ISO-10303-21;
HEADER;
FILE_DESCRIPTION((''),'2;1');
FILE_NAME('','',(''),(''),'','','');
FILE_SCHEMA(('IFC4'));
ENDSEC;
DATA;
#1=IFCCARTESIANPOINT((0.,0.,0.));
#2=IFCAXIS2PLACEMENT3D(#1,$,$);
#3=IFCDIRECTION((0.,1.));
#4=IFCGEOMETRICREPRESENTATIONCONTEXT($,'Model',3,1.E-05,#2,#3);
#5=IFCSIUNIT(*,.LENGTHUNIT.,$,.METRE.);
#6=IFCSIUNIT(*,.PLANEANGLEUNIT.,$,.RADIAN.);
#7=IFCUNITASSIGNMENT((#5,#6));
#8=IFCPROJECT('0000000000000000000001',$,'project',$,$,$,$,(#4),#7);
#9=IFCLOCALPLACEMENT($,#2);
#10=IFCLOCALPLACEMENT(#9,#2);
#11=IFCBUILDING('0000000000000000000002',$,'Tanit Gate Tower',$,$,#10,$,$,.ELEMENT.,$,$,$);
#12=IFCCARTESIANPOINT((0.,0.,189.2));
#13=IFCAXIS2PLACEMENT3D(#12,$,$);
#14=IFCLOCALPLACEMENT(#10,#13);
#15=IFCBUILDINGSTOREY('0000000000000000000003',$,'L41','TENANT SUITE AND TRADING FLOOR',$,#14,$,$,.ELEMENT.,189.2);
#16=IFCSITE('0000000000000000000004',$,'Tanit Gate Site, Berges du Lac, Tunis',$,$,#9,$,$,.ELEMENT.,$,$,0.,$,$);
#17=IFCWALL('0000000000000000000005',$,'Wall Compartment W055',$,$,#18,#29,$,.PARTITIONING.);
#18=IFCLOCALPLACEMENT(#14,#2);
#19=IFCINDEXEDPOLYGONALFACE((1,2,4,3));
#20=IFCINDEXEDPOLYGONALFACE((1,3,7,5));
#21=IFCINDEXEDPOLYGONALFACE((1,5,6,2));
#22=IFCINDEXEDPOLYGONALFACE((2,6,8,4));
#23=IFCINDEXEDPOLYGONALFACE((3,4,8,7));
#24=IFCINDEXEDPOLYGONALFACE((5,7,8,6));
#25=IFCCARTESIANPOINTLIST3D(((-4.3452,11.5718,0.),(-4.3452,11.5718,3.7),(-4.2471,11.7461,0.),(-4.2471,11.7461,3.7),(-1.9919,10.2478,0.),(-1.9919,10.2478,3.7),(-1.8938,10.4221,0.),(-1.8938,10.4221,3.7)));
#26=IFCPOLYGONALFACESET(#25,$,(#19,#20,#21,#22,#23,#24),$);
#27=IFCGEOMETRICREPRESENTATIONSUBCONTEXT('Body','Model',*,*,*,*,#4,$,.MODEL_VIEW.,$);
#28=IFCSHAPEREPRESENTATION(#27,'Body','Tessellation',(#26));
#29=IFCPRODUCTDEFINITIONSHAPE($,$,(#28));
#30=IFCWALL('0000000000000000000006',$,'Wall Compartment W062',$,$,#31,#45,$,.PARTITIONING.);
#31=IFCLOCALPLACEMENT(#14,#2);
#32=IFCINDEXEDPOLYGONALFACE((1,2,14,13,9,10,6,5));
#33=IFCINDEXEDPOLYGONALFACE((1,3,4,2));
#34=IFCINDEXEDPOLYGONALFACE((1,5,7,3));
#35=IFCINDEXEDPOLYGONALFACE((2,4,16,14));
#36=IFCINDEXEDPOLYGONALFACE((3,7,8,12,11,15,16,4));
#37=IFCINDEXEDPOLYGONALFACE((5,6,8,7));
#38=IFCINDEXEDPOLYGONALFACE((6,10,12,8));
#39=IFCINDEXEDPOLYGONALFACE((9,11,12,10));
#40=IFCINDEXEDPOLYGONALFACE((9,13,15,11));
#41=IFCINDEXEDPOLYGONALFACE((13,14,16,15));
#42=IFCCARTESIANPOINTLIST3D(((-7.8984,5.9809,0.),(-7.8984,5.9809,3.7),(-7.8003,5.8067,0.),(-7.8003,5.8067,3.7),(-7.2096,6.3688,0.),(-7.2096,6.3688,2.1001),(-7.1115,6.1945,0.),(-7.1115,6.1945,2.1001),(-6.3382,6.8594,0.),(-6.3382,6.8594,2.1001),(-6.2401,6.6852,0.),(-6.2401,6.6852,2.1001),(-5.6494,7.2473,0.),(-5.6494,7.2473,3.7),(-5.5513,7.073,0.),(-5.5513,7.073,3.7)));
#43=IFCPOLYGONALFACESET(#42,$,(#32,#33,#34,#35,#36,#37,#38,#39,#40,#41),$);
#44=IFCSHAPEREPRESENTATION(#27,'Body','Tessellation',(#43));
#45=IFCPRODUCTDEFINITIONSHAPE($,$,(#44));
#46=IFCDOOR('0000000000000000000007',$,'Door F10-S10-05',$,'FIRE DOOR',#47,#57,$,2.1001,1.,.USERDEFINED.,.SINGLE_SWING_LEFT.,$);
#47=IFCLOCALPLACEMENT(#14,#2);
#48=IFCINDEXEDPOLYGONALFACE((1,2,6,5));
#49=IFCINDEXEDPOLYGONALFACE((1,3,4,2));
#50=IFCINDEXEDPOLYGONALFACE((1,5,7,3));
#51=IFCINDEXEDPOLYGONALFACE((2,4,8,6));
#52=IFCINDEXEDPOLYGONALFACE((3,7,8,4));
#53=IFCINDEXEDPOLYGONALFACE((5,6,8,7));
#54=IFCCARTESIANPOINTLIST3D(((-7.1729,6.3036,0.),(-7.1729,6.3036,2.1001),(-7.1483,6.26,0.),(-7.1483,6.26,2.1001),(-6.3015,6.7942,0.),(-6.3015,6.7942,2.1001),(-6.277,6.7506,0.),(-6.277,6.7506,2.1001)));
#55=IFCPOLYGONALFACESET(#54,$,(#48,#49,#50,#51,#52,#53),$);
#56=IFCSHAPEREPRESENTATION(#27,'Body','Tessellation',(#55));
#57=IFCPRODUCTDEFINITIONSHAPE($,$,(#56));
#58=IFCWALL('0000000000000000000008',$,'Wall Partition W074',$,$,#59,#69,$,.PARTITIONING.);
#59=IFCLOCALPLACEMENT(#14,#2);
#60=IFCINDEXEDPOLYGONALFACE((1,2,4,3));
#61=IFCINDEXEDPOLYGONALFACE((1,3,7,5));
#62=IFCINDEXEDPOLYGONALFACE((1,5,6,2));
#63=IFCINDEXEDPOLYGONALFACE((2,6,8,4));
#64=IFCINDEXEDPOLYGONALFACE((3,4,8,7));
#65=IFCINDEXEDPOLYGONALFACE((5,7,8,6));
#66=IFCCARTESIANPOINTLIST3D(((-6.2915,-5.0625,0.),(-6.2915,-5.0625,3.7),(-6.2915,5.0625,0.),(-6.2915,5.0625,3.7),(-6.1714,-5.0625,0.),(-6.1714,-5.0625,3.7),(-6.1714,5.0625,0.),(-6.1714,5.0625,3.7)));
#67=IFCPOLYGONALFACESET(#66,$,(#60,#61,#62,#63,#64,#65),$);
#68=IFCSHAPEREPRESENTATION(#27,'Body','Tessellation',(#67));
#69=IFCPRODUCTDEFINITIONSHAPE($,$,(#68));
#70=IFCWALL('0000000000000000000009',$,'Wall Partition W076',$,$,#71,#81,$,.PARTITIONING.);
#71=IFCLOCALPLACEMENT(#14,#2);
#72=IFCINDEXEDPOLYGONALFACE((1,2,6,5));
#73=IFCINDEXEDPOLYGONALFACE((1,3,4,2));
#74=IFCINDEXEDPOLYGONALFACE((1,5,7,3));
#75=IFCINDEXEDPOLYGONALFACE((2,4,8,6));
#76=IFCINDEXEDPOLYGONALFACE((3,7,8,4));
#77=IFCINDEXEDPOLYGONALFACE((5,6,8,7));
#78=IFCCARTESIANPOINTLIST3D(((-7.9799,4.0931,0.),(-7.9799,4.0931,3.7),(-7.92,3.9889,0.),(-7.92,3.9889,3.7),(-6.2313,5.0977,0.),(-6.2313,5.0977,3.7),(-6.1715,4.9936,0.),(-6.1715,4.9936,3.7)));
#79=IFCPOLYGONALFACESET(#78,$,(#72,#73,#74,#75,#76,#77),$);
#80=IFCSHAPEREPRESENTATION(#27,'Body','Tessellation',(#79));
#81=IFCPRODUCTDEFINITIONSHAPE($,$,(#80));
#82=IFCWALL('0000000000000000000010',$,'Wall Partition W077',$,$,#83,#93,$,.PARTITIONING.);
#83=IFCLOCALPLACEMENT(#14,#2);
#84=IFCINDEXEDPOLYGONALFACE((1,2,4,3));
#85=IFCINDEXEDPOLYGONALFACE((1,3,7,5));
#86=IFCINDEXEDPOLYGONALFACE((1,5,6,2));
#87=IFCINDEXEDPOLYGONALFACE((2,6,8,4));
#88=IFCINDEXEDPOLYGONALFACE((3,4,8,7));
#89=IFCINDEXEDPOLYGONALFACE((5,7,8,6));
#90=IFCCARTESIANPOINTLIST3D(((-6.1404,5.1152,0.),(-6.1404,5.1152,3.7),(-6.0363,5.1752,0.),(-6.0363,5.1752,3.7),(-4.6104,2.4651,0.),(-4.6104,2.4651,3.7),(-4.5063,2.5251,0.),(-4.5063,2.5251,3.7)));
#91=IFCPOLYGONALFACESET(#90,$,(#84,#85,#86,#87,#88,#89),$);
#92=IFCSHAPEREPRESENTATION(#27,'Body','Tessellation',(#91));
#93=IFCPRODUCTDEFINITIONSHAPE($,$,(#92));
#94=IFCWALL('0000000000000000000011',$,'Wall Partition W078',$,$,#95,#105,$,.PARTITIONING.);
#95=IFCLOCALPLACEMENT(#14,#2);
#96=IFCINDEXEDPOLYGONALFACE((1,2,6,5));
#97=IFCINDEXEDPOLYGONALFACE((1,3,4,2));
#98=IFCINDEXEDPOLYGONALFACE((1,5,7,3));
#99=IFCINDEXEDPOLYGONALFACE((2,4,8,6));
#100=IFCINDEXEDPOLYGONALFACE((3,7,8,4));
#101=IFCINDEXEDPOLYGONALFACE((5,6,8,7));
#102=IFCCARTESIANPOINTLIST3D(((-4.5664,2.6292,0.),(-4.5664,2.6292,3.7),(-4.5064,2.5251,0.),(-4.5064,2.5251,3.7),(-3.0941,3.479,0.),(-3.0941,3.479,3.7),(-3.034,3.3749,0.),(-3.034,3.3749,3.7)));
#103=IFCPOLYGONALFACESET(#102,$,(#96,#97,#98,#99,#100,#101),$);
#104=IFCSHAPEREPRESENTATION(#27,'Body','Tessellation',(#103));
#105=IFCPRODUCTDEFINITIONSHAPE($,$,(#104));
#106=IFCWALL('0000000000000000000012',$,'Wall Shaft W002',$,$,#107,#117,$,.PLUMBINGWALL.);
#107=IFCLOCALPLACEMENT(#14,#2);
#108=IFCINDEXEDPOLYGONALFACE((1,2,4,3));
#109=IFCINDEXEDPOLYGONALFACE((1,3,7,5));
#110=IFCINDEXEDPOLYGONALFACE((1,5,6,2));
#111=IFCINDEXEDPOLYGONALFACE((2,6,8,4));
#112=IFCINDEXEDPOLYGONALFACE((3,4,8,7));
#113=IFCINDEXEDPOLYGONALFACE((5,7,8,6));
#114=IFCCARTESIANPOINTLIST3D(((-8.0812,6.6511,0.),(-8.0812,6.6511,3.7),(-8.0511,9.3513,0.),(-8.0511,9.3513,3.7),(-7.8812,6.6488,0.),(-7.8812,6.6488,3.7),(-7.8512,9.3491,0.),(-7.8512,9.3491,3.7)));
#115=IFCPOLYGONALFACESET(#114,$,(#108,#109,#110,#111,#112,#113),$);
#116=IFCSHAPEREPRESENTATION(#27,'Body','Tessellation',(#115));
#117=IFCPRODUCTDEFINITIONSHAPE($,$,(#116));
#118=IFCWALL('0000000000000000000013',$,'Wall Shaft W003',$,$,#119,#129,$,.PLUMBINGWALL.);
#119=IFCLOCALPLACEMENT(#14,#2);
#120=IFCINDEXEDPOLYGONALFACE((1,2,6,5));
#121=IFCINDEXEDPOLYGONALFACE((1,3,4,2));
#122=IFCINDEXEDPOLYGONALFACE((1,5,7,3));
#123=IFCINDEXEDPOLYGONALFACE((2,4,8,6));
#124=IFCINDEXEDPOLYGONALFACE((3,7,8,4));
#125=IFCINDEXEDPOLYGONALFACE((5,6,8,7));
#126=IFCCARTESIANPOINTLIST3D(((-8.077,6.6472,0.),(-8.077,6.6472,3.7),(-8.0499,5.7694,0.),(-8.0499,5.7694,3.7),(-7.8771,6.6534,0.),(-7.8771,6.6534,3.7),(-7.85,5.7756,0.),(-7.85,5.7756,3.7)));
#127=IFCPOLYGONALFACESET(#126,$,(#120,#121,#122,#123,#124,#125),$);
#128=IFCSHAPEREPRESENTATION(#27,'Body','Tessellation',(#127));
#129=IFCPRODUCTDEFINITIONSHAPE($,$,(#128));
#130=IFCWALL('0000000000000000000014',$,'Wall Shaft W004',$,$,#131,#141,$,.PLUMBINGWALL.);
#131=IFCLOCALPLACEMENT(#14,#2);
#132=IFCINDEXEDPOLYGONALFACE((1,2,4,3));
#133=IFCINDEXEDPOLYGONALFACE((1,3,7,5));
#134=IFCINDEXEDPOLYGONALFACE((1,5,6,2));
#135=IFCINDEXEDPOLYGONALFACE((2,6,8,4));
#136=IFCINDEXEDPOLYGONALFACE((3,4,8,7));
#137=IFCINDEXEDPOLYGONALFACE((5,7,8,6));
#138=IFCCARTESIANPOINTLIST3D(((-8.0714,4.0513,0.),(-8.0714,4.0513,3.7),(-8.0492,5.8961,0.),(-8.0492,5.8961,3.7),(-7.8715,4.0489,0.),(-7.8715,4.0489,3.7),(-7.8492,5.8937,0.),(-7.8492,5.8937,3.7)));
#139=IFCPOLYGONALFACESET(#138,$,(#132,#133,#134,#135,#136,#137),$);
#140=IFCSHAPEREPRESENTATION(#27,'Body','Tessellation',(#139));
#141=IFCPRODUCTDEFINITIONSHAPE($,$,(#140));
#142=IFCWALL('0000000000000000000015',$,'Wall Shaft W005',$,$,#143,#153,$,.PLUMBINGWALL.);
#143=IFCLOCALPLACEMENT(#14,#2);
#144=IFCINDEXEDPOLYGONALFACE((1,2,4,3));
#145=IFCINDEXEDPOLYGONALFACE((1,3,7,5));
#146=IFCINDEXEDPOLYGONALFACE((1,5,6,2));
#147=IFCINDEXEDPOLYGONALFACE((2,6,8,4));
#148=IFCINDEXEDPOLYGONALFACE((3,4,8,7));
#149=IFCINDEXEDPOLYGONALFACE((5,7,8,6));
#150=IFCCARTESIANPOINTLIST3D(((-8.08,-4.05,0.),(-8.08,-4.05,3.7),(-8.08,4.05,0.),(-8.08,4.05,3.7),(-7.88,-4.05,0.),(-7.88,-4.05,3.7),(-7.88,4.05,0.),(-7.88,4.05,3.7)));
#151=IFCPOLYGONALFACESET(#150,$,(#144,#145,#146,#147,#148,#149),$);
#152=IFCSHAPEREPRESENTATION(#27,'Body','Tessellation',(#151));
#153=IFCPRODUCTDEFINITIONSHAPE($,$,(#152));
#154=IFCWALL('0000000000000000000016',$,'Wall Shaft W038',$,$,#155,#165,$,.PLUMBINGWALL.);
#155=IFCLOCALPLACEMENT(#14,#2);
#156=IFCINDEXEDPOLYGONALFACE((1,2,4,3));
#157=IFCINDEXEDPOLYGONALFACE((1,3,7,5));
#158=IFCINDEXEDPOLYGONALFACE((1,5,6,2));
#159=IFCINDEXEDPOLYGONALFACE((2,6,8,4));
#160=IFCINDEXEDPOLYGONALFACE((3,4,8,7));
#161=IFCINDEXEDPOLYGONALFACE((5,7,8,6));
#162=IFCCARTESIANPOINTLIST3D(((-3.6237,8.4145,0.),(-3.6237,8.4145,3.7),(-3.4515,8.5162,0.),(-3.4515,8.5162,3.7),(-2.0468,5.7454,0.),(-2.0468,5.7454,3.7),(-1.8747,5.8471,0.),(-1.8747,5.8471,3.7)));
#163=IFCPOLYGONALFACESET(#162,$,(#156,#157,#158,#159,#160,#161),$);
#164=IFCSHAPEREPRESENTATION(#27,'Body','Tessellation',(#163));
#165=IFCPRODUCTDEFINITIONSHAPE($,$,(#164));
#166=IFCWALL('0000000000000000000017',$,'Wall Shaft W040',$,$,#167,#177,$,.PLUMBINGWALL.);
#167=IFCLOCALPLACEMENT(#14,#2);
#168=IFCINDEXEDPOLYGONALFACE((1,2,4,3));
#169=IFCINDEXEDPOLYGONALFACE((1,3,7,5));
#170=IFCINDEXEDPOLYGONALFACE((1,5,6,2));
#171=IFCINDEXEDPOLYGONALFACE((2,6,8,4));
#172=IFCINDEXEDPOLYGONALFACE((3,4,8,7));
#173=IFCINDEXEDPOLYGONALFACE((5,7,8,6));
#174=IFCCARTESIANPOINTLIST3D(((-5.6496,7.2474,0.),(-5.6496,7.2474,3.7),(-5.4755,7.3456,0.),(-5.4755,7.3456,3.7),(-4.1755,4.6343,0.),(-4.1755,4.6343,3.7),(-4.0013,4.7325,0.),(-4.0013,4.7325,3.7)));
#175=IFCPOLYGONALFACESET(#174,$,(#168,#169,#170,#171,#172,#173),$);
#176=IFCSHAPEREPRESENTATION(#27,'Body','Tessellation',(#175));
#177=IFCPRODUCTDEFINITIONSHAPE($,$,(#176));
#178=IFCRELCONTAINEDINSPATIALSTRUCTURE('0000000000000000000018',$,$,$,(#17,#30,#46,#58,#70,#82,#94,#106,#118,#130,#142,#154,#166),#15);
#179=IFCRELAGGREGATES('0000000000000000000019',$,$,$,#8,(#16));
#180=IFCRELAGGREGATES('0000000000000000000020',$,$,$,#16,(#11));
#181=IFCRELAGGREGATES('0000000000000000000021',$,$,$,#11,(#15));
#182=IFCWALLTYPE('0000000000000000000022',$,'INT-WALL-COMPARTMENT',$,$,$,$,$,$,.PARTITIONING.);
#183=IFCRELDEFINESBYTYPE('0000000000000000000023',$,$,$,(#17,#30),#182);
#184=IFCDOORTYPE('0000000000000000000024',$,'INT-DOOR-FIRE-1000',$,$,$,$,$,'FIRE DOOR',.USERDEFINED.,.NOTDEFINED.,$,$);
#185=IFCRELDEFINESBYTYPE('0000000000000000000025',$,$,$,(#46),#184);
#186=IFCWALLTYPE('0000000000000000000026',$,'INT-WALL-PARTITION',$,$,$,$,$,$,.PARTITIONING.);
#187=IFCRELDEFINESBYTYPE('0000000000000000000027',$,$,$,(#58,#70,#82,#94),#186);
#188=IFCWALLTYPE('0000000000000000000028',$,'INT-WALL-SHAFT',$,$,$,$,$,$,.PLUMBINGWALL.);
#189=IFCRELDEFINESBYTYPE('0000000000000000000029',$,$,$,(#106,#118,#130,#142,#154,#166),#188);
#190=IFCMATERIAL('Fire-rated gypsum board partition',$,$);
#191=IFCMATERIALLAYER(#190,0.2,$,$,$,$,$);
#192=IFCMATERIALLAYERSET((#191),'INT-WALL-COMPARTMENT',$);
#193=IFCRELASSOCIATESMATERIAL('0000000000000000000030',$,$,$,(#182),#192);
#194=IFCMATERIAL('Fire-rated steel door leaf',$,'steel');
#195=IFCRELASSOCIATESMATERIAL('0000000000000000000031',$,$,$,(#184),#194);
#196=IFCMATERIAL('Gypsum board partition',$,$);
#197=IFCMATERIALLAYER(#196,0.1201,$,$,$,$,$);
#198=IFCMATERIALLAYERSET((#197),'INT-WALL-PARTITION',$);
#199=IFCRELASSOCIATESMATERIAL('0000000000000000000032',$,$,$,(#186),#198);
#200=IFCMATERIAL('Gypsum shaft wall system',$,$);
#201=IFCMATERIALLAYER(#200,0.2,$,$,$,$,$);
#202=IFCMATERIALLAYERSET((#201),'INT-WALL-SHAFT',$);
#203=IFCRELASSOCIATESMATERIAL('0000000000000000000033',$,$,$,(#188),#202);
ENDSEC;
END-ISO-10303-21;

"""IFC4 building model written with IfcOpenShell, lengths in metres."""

from ifc_helpers import new_model, si_unit, direction, frame, frame_2d, origin, place, context, subcontext, project, spatial, rectangle, extrude, material, layer, layer_set, type_object, element, fill, save


model = new_model("IFC4")

# Units and contexts
model_context = context("Model", 3, precision=1e-05, world=origin(), true_north=direction((0.0, 1.0)))
body_context = subcontext(model_context, "Body", "Model", "MODEL_VIEW")
ifc_project = project(units=[si_unit("LENGTHUNIT", "METRE"), si_unit("PLANEANGLEUNIT", "RADIAN")], contexts=[model_context])

# Site, building, storey
site_placement = place(None, origin())
site = spatial("IfcSite", under=ifc_project, at=site_placement, Name="Tanit Gate Site, Berges du Lac, Tunis", CompositionType="ELEMENT", RefElevation=0.0)
building_placement = place(site_placement, origin())
building = spatial("IfcBuilding", under=site, at=building_placement, Name="Tanit Gate Tower", CompositionType="ELEMENT")
storey_placement = place(building_placement, frame((0.0, 0.0, 189.2)))
storey = spatial("IfcBuildingStorey", under=building, at=storey_placement, Name="L41", Description="TENANT SUITE AND TRADING FLOOR", CompositionType="ELEMENT", Elevation=189.2)

# Wall
ifc_material_1 = material(Name="Fire-rated gypsum board partition")
ifc_layer_1 = layer(ifc_material_1, 0.2)
ifc_layer_set_1 = layer_set([ifc_layer_1], Name="INT-WALL-COMPARTMENT")
wall_type_1 = type_object("IfcWallType", Name="INT-WALL-COMPARTMENT", PredefinedType="PARTITIONING", material=ifc_layer_set_1)
wall_1_placement = place(storey_placement, frame((-4.2961, 11.6589, 0.0), z_axis=(0.0, 0.0, 1.0), x_axis=(0.871534, -0.490334, 0.0)))
element("IfcWall", 1, at=wall_1_placement, inside=storey, type_object=wall_type_1, Name="Wall Compartment W055", PredefinedType="PARTITIONING", context=body_context, shape_type="SweptSolid", body=[
    extrude(rectangle(XDim=2.7002, YDim=0.2, at=frame_2d((1.3501, 0.0))), origin(), (0.0, 0.0, 1.0), 3.7),
])

# Wall, opening, door
wall_2_placement = place(storey_placement, frame((-5.6003, 7.1602, 0.0), z_axis=(0.0, 0.0, 1.0), x_axis=(-0.871363, -0.490638, 0.0)))
wall_2 = element("IfcWall", 2, at=wall_2_placement, inside=storey, type_object=wall_type_1, Name="Wall Compartment W062", PredefinedType="PARTITIONING", context=body_context, shape_type="SweptSolid", body=[
    extrude(rectangle(XDim=2.5811, YDim=0.2, at=frame_2d((1.2905, 0.0))), origin(), (0.0, 0.0, 1.0), 3.7),
])
opening_1_placement = place(wall_2_placement, frame((0.7905, 0.0, 0.0)))
opening_1 = element("IfcOpeningElement", 3, at=opening_1_placement, cuts=wall_2, PredefinedType="OPENING", context=body_context, shape_type="SweptSolid", body=[
    extrude(rectangle(XDim=1.0, YDim=2.1001, at=frame_2d((0.5, 1.05))), frame((0.0, 0.1099, 0.0), z_axis=(0.0, -1.0, 0.0), x_axis=(1.0, 0.0, 0.0)), (0.0, 0.0, 1.0), 0.22),
])
ifc_material_2 = material(Name="Fire-rated steel door leaf", Category="steel")
door_type_1 = type_object("IfcDoorType", Name="INT-DOOR-FIRE-1000", ElementType="FIRE DOOR", OperationType="NOTDEFINED", PredefinedType="USERDEFINED", material=ifc_material_2)
door_1_placement = place(opening_1_placement, origin())
door_1 = element("IfcDoor", 4, at=door_1_placement, inside=storey, type_object=door_type_1, Name="Door F10-S10-05", ObjectType="FIRE DOOR", OperationType="SINGLE_SWING_LEFT", OverallHeight=2.1001, OverallWidth=1.0, PredefinedType="USERDEFINED", context=body_context, shape_type="SweptSolid", body=[
    extrude(rectangle(XDim=1.0, YDim=2.1001, at=frame_2d((0.5, 1.05))), frame((0.0, 0.0249, 0.0), z_axis=(0.0, -1.0, 0.0), x_axis=(1.0, 0.0, 0.0)), (0.0, 0.0, 1.0), 0.05),
])
fill(opening_1, door_1)

# Walls
ifc_material_3 = material(Name="Gypsum board partition")
ifc_layer_2 = layer(ifc_material_3, 0.1201)
ifc_layer_set_2 = layer_set([ifc_layer_2], Name="INT-WALL-PARTITION")
wall_type_2 = type_object("IfcWallType", Name="INT-WALL-PARTITION", PredefinedType="PARTITIONING", material=ifc_layer_set_2)
wall_3_placement = place(storey_placement, frame((-6.2314, 5.0625, 0.0), z_axis=(0.0, 0.0, 1.0), x_axis=(0.0, -1.0, 0.0)))
element("IfcWall", 5, at=wall_3_placement, inside=storey, type_object=wall_type_2, Name="Wall Partition W074", PredefinedType="PARTITIONING", context=body_context, shape_type="SweptSolid", body=[
    extrude(rectangle(XDim=10.125, YDim=0.1201, at=frame_2d((5.0625, 0.0))), origin(), (0.0, 0.0, 1.0), 3.7),
])
wall_4_placement = place(storey_placement, frame((-6.2014, 5.0457, 0.0), z_axis=(0.0, 0.0, 1.0), x_axis=(-0.867071, -0.498184, 0.0)))
element("IfcWall", 6, at=wall_4_placement, inside=storey, type_object=wall_type_2, Name="Wall Partition W076", PredefinedType="PARTITIONING", context=body_context, shape_type="SweptSolid", body=[
    extrude(rectangle(XDim=2.0166, YDim=0.1201, at=frame_2d((1.0083, 0.0))), origin(), (0.0, 0.0, 1.0), 3.7),
])
wall_5_placement = place(storey_placement, frame((-4.5583, 2.4951, 0.0), z_axis=(0.0, 0.0, 1.0), x_axis=(-0.499992, 0.86603, 0.0)))
element("IfcWall", 7, at=wall_5_placement, inside=storey, type_object=wall_type_2, Name="Wall Partition W077", PredefinedType="PARTITIONING", context=body_context, shape_type="SweptSolid", body=[
    extrude(rectangle(XDim=3.0601, YDim=0.1201, at=frame_2d((1.53, 0.0))), origin(), (0.0, 0.0, 1.0), 3.7),
])
wall_6_placement = place(storey_placement, frame((-3.064, 3.427, 0.0), z_axis=(0.0, 0.0, 1.0), x_axis=(-0.866088, -0.499892, 0.0)))
element("IfcWall", 8, at=wall_6_placement, inside=storey, type_object=wall_type_2, Name="Wall Partition W078", PredefinedType="PARTITIONING", context=body_context, shape_type="SweptSolid", body=[
    extrude(rectangle(XDim=1.7, YDim=0.1201, at=frame_2d((0.8501, 0.0))), origin(), (0.0, 0.0, 1.0), 3.7),
])
ifc_material_4 = material(Name="Gypsum shaft wall system")
ifc_layer_3 = layer(ifc_material_4, 0.2)
ifc_layer_set_3 = layer_set([ifc_layer_3], Name="INT-WALL-SHAFT")
wall_type_3 = type_object("IfcWallType", Name="INT-WALL-SHAFT", PredefinedType="PLUMBINGWALL", material=ifc_layer_set_3)
wall_7_placement = place(storey_placement, frame((-7.9512, 9.3501, 0.0), z_axis=(0.0, 0.0, 1.0), x_axis=(-0.01112, -0.999938, 0.0)))
element("IfcWall", 9, at=wall_7_placement, inside=storey, type_object=wall_type_3, Name="Wall Shaft W002", PredefinedType="PLUMBINGWALL", context=body_context, shape_type="SweptSolid", body=[
    extrude(rectangle(XDim=2.7004, YDim=0.2, at=frame_2d((1.3501, 0.0))), origin(), (0.0, 0.0, 1.0), 3.7),
])
wall_8_placement = place(storey_placement, frame((-7.9771, 6.6501, 0.0), z_axis=(0.0, 0.0, 1.0), x_axis=(0.030862, -0.999524, 0.0)))
element("IfcWall", 10, at=wall_8_placement, inside=storey, type_object=wall_type_3, Name="Wall Shaft W003", PredefinedType="PLUMBINGWALL", context=body_context, shape_type="SweptSolid", body=[
    extrude(rectangle(XDim=0.8782, YDim=0.2, at=frame_2d((0.439, 0.0))), origin(), (0.0, 0.0, 1.0), 3.7),
])
wall_9_placement = place(storey_placement, frame((-7.9492, 5.8948, 0.0), z_axis=(0.0, 0.0, 1.0), x_axis=(-0.012043, -0.999927, 0.0)))
element("IfcWall", 11, at=wall_9_placement, inside=storey, type_object=wall_type_3, Name="Wall Shaft W004", PredefinedType="PLUMBINGWALL", context=body_context, shape_type="SweptSolid", body=[
    extrude(rectangle(XDim=1.845, YDim=0.2, at=frame_2d((0.9224, 0.0))), origin(), (0.0, 0.0, 1.0), 3.7),
])
wall_10_placement = place(storey_placement, frame((-7.98, 4.05, 0.0), z_axis=(0.0, 0.0, 1.0), x_axis=(0.0, -1.0, 0.0)))
element("IfcWall", 12, at=wall_10_placement, inside=storey, type_object=wall_type_3, Name="Wall Shaft W005", PredefinedType="PLUMBINGWALL", context=body_context, shape_type="SweptSolid", body=[
    extrude(rectangle(XDim=8.1001, YDim=0.2, at=frame_2d((4.05, 0.0))), origin(), (0.0, 0.0, 1.0), 3.7),
])

# Walls
wall_11_placement = place(storey_placement, frame((-3.5376, 8.4653, 0.0), z_axis=(0.0, 0.0, 1.0), x_axis=(0.508647, -0.860975, 0.0)))
element("IfcWall", 13, at=wall_11_placement, inside=storey, type_object=wall_type_3, Name="Wall Shaft W038", PredefinedType="PLUMBINGWALL", context=body_context, shape_type="SweptSolid", body=[
    extrude(rectangle(XDim=3.1001, YDim=0.2, at=frame_2d((1.55, 0.0))), origin(), (0.0, 0.0, 1.0), 3.7),
])
wall_12_placement = place(storey_placement, frame((-5.5625, 7.2964, 0.0), z_axis=(0.0, 0.0, 1.0), x_axis=(0.491347, -0.870964, 0.0)))
element("IfcWall", 14, at=wall_12_placement, inside=storey, type_object=wall_type_3, Name="Wall Shaft W040", PredefinedType="PLUMBINGWALL", context=body_context, shape_type="SweptSolid", body=[
    extrude(rectangle(XDim=3.0002, YDim=0.2, at=frame_2d((1.5, 0.0))), origin(), (0.0, 0.0, 1.0), 3.7),
])

save(model, "model.ifc")
